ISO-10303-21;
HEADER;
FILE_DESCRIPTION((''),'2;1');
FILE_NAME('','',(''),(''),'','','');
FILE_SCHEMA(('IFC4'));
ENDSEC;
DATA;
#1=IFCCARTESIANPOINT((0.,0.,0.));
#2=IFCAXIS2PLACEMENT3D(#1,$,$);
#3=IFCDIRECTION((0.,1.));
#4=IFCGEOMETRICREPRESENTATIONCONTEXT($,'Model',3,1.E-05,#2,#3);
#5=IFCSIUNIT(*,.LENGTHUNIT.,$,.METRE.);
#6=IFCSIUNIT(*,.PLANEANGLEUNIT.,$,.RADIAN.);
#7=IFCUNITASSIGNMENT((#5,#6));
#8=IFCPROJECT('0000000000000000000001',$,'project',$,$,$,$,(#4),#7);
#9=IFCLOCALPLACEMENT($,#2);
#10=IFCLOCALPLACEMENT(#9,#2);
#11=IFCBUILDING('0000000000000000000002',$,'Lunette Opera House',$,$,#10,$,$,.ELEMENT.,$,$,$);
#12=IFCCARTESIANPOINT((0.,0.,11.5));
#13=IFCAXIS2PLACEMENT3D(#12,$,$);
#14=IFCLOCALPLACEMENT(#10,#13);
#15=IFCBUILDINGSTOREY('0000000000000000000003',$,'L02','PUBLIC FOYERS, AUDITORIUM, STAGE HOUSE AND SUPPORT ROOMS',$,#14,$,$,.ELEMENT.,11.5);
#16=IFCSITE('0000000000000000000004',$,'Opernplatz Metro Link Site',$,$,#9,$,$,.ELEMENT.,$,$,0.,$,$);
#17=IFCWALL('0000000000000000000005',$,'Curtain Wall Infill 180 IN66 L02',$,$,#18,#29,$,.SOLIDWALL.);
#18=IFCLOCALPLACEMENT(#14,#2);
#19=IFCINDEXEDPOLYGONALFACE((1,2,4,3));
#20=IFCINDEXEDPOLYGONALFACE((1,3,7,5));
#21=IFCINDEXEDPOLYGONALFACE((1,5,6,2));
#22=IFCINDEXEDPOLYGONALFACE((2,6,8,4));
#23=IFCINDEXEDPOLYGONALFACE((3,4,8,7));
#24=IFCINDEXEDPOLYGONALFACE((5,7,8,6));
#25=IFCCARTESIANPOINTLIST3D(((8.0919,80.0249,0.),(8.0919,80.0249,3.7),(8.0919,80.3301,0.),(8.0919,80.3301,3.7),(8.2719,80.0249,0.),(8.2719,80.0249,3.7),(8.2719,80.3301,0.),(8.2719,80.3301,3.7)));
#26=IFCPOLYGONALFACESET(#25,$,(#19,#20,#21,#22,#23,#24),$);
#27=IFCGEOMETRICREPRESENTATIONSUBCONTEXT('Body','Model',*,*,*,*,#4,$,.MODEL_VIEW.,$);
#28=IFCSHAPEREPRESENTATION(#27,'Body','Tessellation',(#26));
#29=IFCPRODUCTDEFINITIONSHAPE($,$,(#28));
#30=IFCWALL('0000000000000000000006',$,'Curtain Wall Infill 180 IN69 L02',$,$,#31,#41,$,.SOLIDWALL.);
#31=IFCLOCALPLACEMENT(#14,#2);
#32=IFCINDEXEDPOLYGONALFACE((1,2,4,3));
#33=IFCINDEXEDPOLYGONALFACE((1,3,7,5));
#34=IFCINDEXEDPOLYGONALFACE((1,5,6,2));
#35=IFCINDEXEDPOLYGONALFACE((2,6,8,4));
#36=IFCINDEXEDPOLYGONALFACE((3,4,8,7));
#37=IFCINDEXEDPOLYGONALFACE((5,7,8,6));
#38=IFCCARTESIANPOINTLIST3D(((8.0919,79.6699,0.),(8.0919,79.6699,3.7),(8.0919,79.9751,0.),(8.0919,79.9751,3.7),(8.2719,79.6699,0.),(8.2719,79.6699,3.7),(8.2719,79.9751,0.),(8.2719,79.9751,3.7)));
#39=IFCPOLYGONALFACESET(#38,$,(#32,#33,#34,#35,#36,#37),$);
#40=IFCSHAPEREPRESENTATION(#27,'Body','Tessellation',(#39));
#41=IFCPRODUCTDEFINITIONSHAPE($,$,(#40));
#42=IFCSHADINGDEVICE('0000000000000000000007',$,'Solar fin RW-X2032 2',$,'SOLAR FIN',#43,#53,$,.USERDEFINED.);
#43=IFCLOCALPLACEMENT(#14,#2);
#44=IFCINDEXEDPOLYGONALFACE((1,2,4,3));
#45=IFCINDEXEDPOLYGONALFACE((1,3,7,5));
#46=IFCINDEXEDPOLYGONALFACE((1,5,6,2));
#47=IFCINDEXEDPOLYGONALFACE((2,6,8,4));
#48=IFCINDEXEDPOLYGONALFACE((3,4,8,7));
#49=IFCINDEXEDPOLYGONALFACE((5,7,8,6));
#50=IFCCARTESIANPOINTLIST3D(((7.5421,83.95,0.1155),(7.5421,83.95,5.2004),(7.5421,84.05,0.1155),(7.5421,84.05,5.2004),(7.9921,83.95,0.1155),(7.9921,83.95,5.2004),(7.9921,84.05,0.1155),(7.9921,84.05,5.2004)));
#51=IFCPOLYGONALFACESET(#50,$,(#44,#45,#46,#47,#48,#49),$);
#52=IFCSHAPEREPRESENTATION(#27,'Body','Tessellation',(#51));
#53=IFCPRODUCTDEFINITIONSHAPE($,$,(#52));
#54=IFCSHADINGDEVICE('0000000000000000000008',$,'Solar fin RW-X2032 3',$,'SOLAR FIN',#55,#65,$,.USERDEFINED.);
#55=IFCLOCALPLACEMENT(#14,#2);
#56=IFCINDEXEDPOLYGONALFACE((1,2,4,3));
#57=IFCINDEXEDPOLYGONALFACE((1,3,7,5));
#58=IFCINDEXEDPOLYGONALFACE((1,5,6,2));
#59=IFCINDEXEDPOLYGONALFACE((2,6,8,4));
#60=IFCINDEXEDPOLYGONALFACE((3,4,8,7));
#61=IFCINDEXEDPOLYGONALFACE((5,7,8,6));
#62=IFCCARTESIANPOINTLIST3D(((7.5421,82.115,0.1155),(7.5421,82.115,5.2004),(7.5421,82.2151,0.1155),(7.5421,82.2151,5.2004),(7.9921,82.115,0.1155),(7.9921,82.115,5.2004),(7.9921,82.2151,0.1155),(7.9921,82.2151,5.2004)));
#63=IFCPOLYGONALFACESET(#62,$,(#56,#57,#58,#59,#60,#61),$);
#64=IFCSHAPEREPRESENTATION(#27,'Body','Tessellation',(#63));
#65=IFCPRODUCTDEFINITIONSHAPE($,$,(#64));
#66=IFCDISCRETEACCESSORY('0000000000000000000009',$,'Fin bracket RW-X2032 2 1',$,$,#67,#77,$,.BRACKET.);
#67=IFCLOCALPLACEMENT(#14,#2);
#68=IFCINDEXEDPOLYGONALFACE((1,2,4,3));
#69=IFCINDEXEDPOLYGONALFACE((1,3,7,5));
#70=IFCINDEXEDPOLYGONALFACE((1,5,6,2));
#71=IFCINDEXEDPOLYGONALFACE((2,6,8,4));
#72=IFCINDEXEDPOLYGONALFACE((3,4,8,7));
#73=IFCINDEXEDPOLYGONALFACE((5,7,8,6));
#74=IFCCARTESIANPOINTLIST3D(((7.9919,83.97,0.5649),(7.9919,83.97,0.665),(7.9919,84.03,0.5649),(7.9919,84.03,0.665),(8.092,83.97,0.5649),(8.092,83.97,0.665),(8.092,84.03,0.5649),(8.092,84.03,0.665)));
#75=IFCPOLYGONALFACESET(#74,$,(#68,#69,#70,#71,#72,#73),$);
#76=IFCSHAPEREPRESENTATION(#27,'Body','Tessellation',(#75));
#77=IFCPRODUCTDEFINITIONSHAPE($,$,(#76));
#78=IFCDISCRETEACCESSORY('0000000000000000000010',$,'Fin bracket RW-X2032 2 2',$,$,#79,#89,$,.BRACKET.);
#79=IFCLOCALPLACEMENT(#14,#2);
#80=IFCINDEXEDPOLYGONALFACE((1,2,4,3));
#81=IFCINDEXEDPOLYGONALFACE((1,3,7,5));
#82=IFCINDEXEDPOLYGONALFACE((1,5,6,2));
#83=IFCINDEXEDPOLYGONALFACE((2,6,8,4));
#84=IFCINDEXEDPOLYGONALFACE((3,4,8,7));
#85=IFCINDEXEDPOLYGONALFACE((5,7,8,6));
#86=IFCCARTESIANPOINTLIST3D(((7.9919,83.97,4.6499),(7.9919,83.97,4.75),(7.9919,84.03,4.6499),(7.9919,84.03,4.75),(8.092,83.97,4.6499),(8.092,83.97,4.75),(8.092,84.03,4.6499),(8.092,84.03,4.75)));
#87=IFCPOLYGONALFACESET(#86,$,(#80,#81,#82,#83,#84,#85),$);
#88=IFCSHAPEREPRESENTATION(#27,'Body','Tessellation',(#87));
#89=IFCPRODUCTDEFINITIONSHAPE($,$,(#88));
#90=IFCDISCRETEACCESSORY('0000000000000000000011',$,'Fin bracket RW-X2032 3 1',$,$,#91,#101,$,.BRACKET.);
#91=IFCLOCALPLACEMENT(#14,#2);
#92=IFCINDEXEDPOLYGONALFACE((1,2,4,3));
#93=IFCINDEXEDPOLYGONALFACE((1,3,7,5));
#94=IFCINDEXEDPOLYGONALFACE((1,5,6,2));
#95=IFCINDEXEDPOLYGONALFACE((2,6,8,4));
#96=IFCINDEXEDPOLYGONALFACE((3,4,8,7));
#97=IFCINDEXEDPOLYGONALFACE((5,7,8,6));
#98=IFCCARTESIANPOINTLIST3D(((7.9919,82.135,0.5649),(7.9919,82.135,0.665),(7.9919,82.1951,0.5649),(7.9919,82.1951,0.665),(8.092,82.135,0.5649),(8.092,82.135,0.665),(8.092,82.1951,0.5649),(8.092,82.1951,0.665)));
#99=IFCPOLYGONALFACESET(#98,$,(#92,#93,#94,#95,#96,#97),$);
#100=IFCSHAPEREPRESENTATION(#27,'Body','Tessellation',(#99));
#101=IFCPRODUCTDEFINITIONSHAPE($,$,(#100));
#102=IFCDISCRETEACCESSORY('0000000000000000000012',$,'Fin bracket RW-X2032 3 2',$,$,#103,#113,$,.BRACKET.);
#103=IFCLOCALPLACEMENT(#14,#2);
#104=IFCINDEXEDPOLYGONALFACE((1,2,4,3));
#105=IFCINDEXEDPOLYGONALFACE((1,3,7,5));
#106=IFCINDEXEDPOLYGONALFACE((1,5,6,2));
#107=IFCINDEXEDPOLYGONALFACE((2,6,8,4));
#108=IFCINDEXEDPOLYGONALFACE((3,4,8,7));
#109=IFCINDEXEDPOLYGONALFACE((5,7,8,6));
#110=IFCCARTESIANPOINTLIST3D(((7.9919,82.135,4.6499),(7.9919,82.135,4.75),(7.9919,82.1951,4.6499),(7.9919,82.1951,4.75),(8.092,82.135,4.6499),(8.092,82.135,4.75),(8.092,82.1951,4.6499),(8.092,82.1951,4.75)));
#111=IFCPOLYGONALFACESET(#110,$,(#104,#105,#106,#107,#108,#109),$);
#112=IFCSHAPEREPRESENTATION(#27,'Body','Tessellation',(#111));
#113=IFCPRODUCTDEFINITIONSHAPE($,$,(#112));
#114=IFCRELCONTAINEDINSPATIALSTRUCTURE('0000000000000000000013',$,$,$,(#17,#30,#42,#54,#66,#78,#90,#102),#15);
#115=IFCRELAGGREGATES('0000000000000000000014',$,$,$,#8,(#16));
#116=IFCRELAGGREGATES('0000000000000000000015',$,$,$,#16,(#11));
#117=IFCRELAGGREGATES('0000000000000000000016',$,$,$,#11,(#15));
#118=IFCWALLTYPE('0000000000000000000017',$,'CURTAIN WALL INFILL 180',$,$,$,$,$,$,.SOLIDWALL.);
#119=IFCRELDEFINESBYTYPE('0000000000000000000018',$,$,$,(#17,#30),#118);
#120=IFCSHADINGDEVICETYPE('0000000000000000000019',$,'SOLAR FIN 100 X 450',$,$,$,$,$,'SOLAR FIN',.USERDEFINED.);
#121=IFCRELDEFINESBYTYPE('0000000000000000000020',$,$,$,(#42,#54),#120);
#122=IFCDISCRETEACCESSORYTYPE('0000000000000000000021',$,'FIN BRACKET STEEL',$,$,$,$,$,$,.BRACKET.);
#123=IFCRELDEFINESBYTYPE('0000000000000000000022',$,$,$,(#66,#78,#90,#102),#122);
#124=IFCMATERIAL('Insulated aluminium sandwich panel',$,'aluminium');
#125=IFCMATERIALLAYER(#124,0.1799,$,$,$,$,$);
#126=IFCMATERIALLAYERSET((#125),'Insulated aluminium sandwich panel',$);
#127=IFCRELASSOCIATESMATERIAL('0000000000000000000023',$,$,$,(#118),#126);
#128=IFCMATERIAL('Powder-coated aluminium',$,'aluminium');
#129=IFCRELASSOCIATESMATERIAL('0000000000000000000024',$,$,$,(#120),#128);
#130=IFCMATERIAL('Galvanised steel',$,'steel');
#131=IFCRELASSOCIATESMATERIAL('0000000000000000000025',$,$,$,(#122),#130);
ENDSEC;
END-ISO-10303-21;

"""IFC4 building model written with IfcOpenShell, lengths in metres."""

from ifc_helpers import new_model, si_unit, direction, frame, frame_2d, origin, origin_2d, place, context, subcontext, project, spatial, rectangle, extrude, material, layer, layer_set, type_object, element, save


model = new_model("IFC4")

# Units and contexts
model_context = context("Model", 3, precision=1e-05, world=origin(), true_north=direction((0.0, 1.0)))
body_context = subcontext(model_context, "Body", "Model", "MODEL_VIEW")
ifc_project = project(units=[si_unit("LENGTHUNIT", "METRE"), si_unit("PLANEANGLEUNIT", "RADIAN")], contexts=[model_context])

# Site, building, storey
site_placement = place(None, origin())
site = spatial("IfcSite", under=ifc_project, at=site_placement, Name="Opernplatz Metro Link Site", CompositionType="ELEMENT", RefElevation=0.0)
building_placement = place(site_placement, origin())
building = spatial("IfcBuilding", under=site, at=building_placement, Name="Lunette Opera House", CompositionType="ELEMENT")
storey_placement = place(building_placement, frame((0.0, 0.0, 11.5)))
storey = spatial("IfcBuildingStorey", under=building, at=storey_placement, Name="L02", Description="PUBLIC FOYERS, AUDITORIUM, STAGE HOUSE AND SUPPORT ROOMS", CompositionType="ELEMENT", Elevation=11.5)

# Walls
ifc_material_1 = material(Name="Insulated aluminium sandwich panel", Category="aluminium")
ifc_layer_1 = layer(ifc_material_1, 0.1799)
ifc_layer_set_1 = layer_set([ifc_layer_1], Name="Insulated aluminium sandwich panel")
wall_type = type_object("IfcWallType", Name="CURTAIN WALL INFILL 180", PredefinedType="SOLIDWALL", material=ifc_layer_set_1)
for number, where, z_axis, x_axis, name in (
    (1, (8.1819, 80.3301, 0.0), (0.0, 0.0, 1.0), (0.0, -1.0, 0.0), "Curtain Wall Infill 180 IN66 L02"),
    (2, (8.1819, 79.6699, 0.0), (0.0, 0.0, 1.0), (0.0, 1.0, 0.0), "Curtain Wall Infill 180 IN69 L02"),
):
    element("IfcWall", number, at=place(storey_placement, frame(where, z_axis=z_axis, x_axis=x_axis)), inside=storey, type_object=wall_type, Name=name, PredefinedType="SOLIDWALL", context=body_context, shape_type="SweptSolid", body=[
        extrude(rectangle(XDim=0.3052, YDim=0.1799, at=frame_2d((0.1526, 0.0))), origin(), (0.0, 0.0, 1.0), 3.7),
    ])

# Shading devices
ifc_material_2 = material(Name="Powder-coated aluminium", Category="aluminium")
shading_device_type = type_object("IfcShadingDeviceType", Name="SOLAR FIN 100 X 450", ElementType="SOLAR FIN", PredefinedType="USERDEFINED", material=ifc_material_2)
for number, where, z_axis, x_axis, name in (
    (3, (7.7671, 84.0, 0.1155), (0.0, 0.0, 1.0), (-1.0, 0.0, 0.0), "Solar fin RW-X2032 2"),
    (4, (7.7671, 82.165, 0.1155), (0.0, 0.0, 1.0), (-1.0, 0.0, 0.0), "Solar fin RW-X2032 3"),
):
    element("IfcShadingDevice", number, at=place(storey_placement, frame(where, z_axis=z_axis, x_axis=x_axis)), inside=storey, type_object=shading_device_type, Name=name, ObjectType="SOLAR FIN", PredefinedType="USERDEFINED", context=body_context, shape_type="SweptSolid", body=[
        extrude(rectangle(XDim=0.45, YDim=0.1001, at=origin_2d()), origin(), (0.0, 0.0, 1.0), 5.085),
    ])

# Discrete accessories
ifc_material_3 = material(Name="Galvanised steel", Category="steel")
discrete_accessory_type = type_object("IfcDiscreteAccessoryType", Name="FIN BRACKET STEEL", PredefinedType="BRACKET", material=ifc_material_3)
for number, where, z_axis, x_axis, name in (
    (5, (8.042, 84.0, 0.5649), (0.0, 0.0, 1.0), (-1.0, 0.0, 0.0), "Fin bracket RW-X2032 2 1"),
    (6, (8.042, 84.0, 4.6499), (0.0, 0.0, 1.0), (-1.0, 0.0, 0.0), "Fin bracket RW-X2032 2 2"),
    (7, (8.042, 82.165, 0.5649), (0.0, 0.0, 1.0), (-1.0, 0.0, 0.0), "Fin bracket RW-X2032 3 1"),
    (8, (8.042, 82.165, 4.6499), (0.0, 0.0, 1.0), (-1.0, 0.0, 0.0), "Fin bracket RW-X2032 3 2"),
):
    element("IfcDiscreteAccessory", number, at=place(storey_placement, frame(where, z_axis=z_axis, x_axis=x_axis)), inside=storey, type_object=discrete_accessory_type, Name=name, PredefinedType="BRACKET", context=body_context, shape_type="SweptSolid", body=[
        extrude(rectangle(XDim=0.1001, YDim=0.0601, at=origin_2d()), origin(), (0.0, 0.0, 1.0), 0.1001),
    ])

save(model, "model.ifc")
